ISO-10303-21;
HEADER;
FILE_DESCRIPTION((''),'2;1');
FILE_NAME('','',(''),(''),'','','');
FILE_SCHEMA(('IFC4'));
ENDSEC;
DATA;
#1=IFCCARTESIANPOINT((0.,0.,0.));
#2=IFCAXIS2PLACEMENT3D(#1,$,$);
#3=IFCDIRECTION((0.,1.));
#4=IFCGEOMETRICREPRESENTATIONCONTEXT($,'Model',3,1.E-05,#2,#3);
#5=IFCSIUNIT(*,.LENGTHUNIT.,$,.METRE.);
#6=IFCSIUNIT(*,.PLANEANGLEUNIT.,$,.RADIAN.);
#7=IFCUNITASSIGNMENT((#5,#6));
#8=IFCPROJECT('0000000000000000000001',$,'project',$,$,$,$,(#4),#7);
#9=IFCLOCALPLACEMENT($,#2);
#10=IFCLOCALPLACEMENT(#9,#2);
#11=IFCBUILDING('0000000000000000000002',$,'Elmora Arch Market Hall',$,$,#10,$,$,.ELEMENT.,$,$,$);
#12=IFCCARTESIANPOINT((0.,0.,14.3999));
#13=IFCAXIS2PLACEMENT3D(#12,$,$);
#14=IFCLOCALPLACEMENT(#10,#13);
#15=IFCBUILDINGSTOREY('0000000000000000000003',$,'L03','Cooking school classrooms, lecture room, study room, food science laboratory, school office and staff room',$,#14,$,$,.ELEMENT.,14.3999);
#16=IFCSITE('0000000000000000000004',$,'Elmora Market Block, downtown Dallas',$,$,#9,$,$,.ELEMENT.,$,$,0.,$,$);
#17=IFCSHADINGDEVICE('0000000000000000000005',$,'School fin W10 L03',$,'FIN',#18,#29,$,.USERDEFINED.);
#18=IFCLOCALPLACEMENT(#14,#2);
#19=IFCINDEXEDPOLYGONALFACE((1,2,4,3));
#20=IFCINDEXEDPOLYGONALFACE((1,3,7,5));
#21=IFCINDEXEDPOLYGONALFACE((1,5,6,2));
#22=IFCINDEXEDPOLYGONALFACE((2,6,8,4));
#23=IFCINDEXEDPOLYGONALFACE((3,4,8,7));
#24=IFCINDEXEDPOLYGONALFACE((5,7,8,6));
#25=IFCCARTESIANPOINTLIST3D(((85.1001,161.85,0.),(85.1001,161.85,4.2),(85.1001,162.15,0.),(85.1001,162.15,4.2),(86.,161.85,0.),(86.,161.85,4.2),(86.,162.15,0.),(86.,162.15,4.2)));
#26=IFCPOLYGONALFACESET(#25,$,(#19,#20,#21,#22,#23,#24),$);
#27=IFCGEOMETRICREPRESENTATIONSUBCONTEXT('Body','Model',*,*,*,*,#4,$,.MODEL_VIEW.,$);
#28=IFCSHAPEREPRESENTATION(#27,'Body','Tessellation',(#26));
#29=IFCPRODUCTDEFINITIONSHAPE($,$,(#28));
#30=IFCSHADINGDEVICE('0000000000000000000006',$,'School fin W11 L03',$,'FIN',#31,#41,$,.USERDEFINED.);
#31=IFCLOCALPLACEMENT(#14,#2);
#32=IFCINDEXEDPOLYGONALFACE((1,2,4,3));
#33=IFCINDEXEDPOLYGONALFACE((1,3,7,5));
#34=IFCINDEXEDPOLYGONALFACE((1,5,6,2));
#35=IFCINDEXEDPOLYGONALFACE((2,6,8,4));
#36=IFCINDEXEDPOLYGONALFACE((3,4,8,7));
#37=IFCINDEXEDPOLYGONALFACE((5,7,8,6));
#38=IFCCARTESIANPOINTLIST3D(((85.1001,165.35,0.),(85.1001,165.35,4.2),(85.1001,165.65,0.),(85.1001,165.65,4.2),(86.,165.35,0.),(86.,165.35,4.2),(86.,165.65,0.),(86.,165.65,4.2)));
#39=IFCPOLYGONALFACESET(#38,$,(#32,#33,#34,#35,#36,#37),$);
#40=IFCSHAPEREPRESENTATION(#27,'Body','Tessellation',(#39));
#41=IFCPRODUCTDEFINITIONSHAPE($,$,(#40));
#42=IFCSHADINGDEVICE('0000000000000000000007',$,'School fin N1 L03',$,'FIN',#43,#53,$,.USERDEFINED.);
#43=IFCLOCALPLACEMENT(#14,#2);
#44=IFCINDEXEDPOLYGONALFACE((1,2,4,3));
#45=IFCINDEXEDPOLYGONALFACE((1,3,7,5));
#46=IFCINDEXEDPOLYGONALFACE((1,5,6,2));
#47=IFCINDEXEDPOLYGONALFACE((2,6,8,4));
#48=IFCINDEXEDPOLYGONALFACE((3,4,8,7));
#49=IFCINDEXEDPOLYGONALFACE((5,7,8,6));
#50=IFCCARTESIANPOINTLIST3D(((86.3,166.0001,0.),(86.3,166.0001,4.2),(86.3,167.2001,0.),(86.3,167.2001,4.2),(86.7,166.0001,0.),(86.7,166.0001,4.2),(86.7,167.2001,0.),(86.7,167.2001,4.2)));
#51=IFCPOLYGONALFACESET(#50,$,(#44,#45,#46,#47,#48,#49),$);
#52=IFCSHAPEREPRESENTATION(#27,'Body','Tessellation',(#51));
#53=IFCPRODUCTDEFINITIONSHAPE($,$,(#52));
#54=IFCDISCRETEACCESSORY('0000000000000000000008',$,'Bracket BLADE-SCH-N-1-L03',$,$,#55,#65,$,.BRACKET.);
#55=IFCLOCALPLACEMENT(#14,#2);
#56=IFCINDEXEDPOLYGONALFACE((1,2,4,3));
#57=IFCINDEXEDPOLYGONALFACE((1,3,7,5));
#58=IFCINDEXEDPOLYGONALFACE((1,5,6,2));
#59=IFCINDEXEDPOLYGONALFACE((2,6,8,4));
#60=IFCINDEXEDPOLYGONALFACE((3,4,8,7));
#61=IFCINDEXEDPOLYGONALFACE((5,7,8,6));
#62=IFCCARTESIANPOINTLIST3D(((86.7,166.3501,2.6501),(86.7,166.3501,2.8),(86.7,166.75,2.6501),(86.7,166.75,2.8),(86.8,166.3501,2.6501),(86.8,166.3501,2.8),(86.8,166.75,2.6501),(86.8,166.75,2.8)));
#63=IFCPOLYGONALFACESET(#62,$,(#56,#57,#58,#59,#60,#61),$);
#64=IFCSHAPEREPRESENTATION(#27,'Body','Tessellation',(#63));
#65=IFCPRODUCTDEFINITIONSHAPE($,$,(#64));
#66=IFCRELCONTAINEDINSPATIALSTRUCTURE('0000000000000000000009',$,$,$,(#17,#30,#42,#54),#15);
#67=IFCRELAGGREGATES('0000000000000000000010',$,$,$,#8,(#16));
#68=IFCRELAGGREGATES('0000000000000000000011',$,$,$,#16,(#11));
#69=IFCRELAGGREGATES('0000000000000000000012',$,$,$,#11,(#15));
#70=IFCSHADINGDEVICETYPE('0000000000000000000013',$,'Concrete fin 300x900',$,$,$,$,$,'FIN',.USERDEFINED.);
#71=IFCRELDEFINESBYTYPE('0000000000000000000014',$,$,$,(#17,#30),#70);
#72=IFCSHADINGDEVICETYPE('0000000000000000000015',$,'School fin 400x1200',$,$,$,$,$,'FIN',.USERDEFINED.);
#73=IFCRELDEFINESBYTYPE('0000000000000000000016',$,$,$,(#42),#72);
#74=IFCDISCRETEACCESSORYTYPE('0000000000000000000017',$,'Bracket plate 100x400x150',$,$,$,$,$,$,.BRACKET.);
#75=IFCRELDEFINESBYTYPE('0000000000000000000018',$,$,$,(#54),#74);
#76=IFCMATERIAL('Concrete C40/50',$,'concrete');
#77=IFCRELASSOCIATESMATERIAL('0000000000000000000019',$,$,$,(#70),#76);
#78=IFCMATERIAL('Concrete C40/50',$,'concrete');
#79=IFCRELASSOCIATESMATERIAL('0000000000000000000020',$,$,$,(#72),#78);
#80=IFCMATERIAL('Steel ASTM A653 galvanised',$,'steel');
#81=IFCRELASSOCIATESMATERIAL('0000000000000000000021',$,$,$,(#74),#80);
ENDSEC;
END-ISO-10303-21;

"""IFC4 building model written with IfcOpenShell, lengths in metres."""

from ifc_helpers import new_model, si_unit, direction, frame, origin, origin_2d, place, context, subcontext, project, spatial, rectangle, extrude, material, type_object, element, save


model = new_model("IFC4")

# Units and contexts
model_context = context("Model", 3, precision=1e-05, world=origin(), true_north=direction((0.0, 1.0)))
body_context = subcontext(model_context, "Body", "Model", "MODEL_VIEW")
ifc_project = project(units=[si_unit("LENGTHUNIT", "METRE"), si_unit("PLANEANGLEUNIT", "RADIAN")], contexts=[model_context])

# Site, building, storey
site_placement = place(None, origin())
site = spatial("IfcSite", under=ifc_project, at=site_placement, Name="Elmora Market Block, downtown Dallas", CompositionType="ELEMENT", RefElevation=0.0)
building_placement = place(site_placement, origin())
building = spatial("IfcBuilding", under=site, at=building_placement, Name="Elmora Arch Market Hall", CompositionType="ELEMENT")
storey_placement = place(building_placement, frame((0.0, 0.0, 14.3999)))
storey = spatial("IfcBuildingStorey", under=building, at=storey_placement, Name="L03", Description="Cooking school classrooms, lecture room, study room, food science laboratory, school office and staff room", CompositionType="ELEMENT", Elevation=14.3999)

# Shading devices
ifc_material_1 = material(Name="Concrete C40/50", Category="concrete")
shading_device_type_1 = type_object("IfcShadingDeviceType", Name="Concrete fin 300x900", ElementType="FIN", PredefinedType="USERDEFINED", material=ifc_material_1)
for number, where, z_axis, x_axis, name in (
    (1, (85.55, 162.0, 0.0), (0.0, 0.0, 1.0), (1.0, 0.0, 0.0), "School fin W10 L03"),
    (2, (85.55, 165.5, 0.0), (0.0, 0.0, 1.0), (1.0, 0.0, 0.0), "School fin W11 L03"),
):
    element("IfcShadingDevice", number, at=place(storey_placement, frame(where, z_axis=z_axis, x_axis=x_axis)), inside=storey, type_object=shading_device_type_1, Name=name, ObjectType="FIN", PredefinedType="USERDEFINED", context=body_context, shape_type="SweptSolid", body=[
        extrude(rectangle(XDim=0.8999, YDim=0.3, at=origin_2d()), origin(), (0.0, 0.0, 1.0), 4.2),
    ])
ifc_material_2 = material(Name="Concrete C40/50", Category="concrete")
shading_device_type_2 = type_object("IfcShadingDeviceType", Name="School fin 400x1200", ElementType="FIN", PredefinedType="USERDEFINED", material=ifc_material_2)
shading_device_placement = place(storey_placement, frame((86.5, 166.6001, 0.0), z_axis=(0.0, 0.0, 1.0), x_axis=(1.0, 0.0, 0.0)))
element("IfcShadingDevice", 3, at=shading_device_placement, inside=storey, type_object=shading_device_type_2, Name="School fin N1 L03", ObjectType="FIN", PredefinedType="USERDEFINED", context=body_context, shape_type="SweptSolid", body=[
    extrude(rectangle(XDim=0.3999, YDim=1.2, at=origin_2d()), origin(), (0.0, 0.0, 1.0), 4.2),
])

# Discrete accessory
ifc_material_3 = material(Name="Steel ASTM A653 galvanised", Category="steel")
discrete_accessory_type = type_object("IfcDiscreteAccessoryType", Name="Bracket plate 100x400x150", PredefinedType="BRACKET", material=ifc_material_3)
discrete_accessory_placement = place(storey_placement, frame((86.75, 166.55, 2.6501), z_axis=(0.0, 0.0, 1.0), x_axis=(1.0, 0.0, 0.0)))
element("IfcDiscreteAccessory", 4, at=discrete_accessory_placement, inside=storey, type_object=discrete_accessory_type, Name="Bracket BLADE-SCH-N-1-L03", PredefinedType="BRACKET", context=body_context, shape_type="SweptSolid", body=[
    extrude(rectangle(XDim=0.1001, YDim=0.3999, at=origin_2d()), origin(), (0.0, 0.0, 1.0), 0.1499),
])

save(model, "model.ifc")
